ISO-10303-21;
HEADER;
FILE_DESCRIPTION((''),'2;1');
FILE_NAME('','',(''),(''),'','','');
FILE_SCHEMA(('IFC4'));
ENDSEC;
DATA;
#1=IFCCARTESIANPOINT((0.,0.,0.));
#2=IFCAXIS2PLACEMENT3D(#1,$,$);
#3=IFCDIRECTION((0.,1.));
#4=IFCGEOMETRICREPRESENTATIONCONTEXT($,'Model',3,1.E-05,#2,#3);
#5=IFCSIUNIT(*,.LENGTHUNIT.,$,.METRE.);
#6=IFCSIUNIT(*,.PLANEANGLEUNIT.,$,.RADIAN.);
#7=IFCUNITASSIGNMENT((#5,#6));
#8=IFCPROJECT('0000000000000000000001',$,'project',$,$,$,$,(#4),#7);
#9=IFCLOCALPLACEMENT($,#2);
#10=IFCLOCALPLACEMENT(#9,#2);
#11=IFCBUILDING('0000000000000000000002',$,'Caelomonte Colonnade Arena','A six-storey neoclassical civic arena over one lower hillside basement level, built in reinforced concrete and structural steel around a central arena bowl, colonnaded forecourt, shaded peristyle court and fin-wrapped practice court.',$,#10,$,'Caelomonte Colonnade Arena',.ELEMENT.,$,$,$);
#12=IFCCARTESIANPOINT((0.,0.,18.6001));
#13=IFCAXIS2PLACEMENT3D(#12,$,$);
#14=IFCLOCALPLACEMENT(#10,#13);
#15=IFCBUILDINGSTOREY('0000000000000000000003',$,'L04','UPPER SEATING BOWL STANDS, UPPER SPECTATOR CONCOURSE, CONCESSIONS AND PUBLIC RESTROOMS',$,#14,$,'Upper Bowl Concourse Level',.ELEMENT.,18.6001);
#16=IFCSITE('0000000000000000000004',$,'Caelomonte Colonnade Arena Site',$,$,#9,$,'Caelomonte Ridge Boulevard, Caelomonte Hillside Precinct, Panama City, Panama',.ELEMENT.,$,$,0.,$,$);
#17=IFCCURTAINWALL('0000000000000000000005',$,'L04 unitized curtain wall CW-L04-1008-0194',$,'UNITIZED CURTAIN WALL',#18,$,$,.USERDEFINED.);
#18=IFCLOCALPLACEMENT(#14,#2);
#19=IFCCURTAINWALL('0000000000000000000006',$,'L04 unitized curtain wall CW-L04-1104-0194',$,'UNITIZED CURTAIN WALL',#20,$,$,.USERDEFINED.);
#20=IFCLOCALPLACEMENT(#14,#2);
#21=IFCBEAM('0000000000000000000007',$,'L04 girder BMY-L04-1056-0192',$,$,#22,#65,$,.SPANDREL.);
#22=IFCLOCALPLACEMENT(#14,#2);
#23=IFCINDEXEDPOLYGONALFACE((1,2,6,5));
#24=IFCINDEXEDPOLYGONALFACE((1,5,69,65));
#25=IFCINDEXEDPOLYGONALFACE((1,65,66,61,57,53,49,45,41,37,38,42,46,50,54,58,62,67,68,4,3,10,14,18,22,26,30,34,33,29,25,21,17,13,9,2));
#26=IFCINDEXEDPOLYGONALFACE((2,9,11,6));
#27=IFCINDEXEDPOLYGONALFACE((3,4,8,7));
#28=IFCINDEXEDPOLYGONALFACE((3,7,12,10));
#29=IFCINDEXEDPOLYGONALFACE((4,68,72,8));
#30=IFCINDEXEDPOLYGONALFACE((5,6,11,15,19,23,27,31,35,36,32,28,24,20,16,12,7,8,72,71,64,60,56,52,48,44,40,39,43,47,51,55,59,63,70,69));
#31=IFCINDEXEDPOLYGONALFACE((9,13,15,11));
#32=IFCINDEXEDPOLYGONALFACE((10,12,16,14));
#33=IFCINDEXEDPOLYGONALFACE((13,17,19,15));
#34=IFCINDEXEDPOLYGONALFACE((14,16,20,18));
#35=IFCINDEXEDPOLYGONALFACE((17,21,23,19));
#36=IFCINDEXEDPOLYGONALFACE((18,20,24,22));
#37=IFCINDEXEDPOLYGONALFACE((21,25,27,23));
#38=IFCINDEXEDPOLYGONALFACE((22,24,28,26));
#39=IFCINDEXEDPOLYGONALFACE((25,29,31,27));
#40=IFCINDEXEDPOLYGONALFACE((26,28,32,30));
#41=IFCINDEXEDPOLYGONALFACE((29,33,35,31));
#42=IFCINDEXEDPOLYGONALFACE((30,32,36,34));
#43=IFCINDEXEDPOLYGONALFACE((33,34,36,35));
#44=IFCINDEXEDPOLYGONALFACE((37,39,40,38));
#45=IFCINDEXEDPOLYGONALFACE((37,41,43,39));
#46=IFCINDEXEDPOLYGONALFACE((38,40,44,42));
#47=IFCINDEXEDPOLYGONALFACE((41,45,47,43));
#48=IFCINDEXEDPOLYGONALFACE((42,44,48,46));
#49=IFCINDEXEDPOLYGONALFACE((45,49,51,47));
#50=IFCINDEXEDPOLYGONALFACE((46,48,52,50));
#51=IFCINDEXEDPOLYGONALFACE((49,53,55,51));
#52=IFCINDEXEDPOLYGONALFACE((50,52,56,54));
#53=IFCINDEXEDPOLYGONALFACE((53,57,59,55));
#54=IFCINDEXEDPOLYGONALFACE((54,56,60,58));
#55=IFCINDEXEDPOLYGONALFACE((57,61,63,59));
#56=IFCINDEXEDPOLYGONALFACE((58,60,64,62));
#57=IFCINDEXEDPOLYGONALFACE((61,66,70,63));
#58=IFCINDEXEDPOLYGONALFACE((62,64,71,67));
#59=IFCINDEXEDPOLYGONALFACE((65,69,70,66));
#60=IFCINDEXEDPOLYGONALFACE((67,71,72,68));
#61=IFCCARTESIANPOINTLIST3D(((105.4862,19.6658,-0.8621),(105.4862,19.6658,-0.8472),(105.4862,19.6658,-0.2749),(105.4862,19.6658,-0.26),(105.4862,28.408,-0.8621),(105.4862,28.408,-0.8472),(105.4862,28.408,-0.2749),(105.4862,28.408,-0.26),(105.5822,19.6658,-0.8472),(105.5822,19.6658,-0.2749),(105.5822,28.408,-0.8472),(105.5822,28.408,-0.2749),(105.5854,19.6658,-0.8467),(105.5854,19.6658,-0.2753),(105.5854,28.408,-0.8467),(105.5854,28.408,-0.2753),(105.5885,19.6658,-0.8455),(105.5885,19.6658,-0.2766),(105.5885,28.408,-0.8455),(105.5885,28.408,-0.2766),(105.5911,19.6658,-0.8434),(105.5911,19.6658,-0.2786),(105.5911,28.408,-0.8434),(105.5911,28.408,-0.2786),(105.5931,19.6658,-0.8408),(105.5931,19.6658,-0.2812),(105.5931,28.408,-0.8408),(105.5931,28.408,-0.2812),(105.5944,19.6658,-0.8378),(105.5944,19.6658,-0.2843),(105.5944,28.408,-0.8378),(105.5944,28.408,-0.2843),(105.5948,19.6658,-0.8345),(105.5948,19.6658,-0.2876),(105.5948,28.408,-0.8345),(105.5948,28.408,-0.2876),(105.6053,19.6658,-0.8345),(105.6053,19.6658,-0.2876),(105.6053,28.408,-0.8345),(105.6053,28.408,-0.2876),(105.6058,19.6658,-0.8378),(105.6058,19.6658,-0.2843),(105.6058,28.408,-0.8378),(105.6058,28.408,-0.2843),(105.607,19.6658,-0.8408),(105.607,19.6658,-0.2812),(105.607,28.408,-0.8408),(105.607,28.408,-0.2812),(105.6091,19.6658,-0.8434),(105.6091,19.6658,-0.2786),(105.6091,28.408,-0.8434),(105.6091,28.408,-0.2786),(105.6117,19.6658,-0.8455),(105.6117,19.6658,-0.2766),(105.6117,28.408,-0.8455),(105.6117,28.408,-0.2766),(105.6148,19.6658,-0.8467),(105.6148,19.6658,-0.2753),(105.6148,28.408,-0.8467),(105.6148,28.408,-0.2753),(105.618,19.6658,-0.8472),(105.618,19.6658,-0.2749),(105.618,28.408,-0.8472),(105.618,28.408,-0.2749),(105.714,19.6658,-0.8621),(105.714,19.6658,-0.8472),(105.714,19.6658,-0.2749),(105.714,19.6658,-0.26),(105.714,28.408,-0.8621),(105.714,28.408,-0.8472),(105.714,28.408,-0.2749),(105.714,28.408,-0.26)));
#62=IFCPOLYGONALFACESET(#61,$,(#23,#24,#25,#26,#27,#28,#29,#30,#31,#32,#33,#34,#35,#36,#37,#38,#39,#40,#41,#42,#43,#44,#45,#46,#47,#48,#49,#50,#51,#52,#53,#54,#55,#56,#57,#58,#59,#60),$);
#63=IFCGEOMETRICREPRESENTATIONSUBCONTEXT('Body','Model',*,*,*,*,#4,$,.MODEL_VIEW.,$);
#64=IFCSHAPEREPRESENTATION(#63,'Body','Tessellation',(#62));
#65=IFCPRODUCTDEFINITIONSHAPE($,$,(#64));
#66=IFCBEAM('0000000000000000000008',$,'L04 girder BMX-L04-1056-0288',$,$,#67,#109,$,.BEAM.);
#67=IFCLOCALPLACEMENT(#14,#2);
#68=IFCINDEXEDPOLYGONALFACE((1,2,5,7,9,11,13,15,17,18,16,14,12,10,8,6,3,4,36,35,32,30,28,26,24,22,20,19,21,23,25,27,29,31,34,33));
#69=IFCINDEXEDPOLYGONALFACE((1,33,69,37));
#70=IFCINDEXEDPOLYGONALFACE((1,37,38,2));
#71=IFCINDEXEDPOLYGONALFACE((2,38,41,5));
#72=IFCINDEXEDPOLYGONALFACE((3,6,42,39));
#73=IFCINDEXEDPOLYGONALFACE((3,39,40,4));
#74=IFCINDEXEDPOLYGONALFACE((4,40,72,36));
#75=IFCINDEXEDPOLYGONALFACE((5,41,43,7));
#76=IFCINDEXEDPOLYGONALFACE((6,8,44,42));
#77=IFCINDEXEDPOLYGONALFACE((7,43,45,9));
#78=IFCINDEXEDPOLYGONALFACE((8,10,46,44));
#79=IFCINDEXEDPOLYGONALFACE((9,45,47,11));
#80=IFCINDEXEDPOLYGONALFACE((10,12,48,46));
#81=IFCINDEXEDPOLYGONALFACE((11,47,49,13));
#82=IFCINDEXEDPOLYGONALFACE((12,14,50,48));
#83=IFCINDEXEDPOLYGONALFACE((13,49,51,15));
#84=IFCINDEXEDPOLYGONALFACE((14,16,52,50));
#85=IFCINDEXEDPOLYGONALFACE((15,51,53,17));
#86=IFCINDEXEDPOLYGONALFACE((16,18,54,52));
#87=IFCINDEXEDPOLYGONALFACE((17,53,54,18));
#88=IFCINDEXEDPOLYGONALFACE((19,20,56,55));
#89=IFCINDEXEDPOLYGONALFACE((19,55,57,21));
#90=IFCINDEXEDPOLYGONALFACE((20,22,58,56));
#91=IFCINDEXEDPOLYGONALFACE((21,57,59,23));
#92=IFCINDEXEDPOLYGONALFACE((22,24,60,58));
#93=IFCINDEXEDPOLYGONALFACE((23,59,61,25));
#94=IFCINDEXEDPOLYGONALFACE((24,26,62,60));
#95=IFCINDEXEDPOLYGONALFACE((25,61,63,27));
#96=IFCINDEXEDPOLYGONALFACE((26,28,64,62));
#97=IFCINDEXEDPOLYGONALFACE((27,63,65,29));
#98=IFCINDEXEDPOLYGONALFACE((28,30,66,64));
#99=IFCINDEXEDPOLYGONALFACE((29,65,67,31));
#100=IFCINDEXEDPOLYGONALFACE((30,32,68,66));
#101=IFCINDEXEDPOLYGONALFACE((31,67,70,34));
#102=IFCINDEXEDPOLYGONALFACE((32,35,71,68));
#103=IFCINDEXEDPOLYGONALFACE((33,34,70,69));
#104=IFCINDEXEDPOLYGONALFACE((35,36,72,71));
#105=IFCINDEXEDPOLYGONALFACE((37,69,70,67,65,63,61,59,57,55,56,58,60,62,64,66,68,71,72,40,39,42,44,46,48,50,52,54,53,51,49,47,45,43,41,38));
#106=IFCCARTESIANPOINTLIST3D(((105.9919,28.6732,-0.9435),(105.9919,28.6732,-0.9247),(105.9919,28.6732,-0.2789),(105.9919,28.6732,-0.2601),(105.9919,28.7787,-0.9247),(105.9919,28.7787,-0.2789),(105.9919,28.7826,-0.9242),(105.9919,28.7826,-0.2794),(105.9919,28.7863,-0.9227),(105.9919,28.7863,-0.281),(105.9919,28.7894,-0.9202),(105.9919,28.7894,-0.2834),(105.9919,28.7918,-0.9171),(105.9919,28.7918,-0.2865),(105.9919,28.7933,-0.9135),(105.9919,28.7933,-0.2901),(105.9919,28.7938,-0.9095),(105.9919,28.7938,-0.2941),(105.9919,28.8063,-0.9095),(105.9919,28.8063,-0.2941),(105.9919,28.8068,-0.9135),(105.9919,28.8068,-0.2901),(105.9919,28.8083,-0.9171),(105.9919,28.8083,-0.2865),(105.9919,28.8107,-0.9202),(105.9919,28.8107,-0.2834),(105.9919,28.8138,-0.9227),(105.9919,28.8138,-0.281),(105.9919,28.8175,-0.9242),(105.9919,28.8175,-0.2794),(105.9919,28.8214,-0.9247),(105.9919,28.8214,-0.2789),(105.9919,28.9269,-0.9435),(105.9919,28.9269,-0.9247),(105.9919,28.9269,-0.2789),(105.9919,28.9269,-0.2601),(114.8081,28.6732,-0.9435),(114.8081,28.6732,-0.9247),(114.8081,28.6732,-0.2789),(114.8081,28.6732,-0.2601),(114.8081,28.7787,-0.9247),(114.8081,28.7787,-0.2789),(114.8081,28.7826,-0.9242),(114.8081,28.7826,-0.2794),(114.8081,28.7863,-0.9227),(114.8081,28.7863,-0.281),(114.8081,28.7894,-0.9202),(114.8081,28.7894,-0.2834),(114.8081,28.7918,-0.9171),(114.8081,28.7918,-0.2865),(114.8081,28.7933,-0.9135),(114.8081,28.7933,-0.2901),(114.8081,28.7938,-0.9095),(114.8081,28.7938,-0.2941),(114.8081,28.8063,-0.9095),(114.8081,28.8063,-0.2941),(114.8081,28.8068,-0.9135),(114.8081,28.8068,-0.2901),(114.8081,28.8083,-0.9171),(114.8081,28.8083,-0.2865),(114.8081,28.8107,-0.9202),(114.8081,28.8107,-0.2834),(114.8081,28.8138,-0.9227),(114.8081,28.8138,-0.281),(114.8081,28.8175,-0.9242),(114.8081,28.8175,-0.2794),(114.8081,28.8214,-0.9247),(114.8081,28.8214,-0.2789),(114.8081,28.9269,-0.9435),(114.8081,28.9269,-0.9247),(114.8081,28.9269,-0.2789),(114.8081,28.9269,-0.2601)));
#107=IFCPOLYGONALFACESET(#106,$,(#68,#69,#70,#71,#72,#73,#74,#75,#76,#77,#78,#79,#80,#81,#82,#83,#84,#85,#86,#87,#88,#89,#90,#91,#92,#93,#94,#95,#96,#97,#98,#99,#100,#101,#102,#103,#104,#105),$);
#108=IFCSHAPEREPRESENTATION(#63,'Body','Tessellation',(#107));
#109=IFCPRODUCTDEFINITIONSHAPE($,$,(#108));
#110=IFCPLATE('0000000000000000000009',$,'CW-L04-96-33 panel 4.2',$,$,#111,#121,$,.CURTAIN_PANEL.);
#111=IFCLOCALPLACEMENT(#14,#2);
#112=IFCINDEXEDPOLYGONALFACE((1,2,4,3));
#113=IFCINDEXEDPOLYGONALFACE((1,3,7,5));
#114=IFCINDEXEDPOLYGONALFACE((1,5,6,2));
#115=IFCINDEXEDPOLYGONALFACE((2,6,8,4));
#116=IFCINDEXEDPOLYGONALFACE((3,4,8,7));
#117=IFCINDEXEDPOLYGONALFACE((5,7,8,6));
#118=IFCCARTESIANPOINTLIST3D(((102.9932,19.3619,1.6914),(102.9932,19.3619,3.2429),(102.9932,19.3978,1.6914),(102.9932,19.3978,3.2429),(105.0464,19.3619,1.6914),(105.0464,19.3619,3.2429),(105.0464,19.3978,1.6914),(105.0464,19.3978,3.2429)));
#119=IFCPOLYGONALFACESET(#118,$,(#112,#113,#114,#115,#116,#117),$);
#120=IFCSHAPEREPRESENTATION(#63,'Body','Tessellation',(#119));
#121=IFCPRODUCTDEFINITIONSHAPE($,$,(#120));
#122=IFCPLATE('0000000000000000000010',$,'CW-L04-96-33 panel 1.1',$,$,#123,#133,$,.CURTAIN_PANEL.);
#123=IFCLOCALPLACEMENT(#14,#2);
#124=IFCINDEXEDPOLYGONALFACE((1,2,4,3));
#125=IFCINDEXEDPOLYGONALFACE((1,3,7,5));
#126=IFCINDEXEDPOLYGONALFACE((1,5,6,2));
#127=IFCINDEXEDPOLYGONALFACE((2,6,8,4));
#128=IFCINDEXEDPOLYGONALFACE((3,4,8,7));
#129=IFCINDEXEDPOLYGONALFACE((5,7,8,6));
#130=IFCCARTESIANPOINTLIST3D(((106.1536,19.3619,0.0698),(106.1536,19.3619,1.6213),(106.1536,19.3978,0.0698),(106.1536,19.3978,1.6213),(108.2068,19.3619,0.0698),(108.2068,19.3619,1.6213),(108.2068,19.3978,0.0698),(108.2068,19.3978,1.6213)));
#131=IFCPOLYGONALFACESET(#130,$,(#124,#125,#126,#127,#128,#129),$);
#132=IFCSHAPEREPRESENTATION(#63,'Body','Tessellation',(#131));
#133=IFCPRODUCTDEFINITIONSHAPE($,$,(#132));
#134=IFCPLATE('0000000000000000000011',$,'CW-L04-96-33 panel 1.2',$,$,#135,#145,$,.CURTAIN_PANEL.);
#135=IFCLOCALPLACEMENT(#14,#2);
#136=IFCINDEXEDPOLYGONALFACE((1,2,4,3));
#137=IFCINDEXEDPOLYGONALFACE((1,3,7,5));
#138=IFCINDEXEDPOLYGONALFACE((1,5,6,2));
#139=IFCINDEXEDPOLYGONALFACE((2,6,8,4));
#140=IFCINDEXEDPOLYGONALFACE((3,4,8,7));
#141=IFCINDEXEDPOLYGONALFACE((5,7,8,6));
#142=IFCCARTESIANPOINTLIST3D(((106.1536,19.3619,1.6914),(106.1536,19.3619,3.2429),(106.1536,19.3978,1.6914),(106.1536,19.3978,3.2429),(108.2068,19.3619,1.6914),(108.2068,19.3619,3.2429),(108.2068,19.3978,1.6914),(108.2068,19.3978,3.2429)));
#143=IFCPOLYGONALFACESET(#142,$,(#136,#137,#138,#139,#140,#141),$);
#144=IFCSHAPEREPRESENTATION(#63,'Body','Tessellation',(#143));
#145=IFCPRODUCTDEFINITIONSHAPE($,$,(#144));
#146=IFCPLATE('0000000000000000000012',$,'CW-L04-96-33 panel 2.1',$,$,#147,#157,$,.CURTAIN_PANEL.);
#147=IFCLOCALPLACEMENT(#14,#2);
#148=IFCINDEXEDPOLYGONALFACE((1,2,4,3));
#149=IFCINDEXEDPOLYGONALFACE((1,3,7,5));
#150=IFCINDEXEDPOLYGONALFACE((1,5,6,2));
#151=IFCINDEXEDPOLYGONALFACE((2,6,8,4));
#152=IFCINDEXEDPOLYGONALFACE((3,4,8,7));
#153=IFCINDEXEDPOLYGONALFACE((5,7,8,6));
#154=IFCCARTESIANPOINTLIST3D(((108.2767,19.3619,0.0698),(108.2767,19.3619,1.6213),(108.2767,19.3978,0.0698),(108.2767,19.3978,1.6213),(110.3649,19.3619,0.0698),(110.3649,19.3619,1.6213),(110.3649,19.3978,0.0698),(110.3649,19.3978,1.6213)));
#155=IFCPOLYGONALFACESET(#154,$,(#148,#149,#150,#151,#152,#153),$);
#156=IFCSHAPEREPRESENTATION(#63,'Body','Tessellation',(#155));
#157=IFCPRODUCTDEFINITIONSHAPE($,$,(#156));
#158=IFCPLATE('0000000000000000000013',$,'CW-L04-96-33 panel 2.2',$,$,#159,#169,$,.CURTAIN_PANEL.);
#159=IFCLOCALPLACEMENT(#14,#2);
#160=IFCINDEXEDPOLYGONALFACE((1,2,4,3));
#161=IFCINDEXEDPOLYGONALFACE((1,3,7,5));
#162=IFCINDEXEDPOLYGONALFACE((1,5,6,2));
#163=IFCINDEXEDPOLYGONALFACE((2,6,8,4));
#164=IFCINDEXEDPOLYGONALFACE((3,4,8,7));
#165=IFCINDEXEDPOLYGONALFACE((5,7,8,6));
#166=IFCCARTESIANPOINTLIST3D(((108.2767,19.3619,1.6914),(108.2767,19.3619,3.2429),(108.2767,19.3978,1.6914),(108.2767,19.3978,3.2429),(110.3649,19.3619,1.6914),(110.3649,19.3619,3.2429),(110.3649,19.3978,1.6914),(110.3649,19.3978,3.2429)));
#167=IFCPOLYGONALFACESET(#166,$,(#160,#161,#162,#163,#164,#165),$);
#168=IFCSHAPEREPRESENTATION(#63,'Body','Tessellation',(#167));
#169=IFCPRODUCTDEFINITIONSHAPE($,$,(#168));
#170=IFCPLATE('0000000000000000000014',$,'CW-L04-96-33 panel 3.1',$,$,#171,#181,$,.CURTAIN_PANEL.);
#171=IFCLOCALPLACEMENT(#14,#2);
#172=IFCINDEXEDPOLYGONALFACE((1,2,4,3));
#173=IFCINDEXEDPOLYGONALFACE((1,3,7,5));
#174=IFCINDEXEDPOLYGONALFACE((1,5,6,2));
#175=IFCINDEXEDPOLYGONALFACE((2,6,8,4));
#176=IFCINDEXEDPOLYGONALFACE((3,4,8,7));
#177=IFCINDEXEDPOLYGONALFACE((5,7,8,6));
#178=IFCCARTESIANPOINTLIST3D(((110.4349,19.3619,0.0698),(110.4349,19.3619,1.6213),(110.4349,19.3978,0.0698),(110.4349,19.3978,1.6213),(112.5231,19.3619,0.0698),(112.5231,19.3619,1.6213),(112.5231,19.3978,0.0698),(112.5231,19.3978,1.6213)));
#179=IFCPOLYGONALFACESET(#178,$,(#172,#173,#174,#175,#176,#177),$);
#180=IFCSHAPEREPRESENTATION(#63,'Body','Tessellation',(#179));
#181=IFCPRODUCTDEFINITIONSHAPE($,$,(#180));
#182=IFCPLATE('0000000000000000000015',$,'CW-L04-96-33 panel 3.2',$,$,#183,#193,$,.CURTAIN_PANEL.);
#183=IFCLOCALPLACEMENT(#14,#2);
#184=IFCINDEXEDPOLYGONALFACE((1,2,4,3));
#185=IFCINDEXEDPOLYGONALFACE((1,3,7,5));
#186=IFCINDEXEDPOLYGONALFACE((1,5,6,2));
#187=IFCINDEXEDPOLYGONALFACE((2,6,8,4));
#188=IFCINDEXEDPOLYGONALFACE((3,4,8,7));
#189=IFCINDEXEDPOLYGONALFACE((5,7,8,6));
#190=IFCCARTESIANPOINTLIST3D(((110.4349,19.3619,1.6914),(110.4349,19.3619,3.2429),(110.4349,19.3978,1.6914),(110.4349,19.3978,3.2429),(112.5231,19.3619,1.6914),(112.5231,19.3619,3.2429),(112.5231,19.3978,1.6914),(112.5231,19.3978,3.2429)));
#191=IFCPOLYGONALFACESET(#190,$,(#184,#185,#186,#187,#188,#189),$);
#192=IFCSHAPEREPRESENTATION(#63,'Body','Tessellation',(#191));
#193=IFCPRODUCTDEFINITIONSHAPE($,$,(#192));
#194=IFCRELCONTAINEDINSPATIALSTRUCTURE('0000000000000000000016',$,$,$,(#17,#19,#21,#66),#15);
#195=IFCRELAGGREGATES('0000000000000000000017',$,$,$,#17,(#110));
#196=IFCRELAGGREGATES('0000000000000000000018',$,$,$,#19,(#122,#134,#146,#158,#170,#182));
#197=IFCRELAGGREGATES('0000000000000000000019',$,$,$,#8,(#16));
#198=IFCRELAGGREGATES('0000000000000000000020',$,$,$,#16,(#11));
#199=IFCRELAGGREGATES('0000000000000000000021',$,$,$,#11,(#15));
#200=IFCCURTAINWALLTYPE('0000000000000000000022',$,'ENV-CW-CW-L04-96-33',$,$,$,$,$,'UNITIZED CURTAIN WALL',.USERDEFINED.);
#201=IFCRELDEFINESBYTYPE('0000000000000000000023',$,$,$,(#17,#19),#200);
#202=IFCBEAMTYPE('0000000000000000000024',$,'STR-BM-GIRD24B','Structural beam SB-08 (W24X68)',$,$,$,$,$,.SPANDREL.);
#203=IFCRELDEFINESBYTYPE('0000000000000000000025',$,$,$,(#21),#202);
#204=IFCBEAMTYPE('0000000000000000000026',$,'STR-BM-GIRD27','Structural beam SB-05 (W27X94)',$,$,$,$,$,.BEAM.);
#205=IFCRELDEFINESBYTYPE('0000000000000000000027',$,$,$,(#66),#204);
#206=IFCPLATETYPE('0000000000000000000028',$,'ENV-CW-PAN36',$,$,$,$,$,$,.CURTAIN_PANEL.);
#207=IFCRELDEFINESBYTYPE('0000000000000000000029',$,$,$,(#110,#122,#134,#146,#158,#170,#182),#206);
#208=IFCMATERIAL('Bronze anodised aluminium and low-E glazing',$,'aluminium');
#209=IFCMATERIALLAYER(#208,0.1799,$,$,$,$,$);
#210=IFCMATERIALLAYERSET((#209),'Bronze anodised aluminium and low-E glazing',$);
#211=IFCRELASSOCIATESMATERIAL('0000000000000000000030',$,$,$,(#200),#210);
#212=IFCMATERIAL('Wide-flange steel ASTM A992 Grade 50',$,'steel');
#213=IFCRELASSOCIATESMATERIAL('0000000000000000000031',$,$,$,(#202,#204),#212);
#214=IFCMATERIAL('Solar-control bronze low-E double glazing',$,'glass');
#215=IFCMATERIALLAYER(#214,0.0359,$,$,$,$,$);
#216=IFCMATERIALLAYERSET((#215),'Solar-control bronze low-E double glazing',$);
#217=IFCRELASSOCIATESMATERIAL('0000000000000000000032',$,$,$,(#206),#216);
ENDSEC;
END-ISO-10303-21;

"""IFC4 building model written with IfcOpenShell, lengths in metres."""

from ifc_helpers import new_model, si_unit, direction, frame, origin, origin_2d, place, context, subcontext, project, spatial, rectangle, i_section, extrude, material, layer, layer_set, material_profile, profile_set, type_object, element, aggregate, save


model = new_model("IFC4")

# Units and contexts
model_context = context("Model", 3, precision=1e-05, world=origin(), true_north=direction((0.0, 1.0)))
body_context = subcontext(model_context, "Body", "Model", "MODEL_VIEW")
ifc_project = project(units=[si_unit("LENGTHUNIT", "METRE"), si_unit("PLANEANGLEUNIT", "RADIAN")], contexts=[model_context])

# Site, building, storey
site_placement = place(None, origin())
site = spatial("IfcSite", under=ifc_project, at=site_placement, Name="Caelomonte Colonnade Arena Site", LongName="Caelomonte Ridge Boulevard, Caelomonte Hillside Precinct, Panama City, Panama", CompositionType="ELEMENT", RefElevation=0.0)
building_placement = place(site_placement, origin())
building = spatial("IfcBuilding", under=site, at=building_placement, Name="Caelomonte Colonnade Arena", Description="A six-storey neoclassical civic arena over one lower hillside basement level, built in reinforced concrete and structural steel around a central arena bowl, colonnaded forecourt, shaded peristyle court and fin-wrapped practice court.", LongName="Caelomonte Colonnade Arena", CompositionType="ELEMENT")
storey_placement = place(building_placement, frame((0.0, 0.0, 18.6001)))
storey = spatial("IfcBuildingStorey", under=building, at=storey_placement, Name="L04", Description="UPPER SEATING BOWL STANDS, UPPER SPECTATOR CONCOURSE, CONCESSIONS AND PUBLIC RESTROOMS", LongName="Upper Bowl Concourse Level", CompositionType="ELEMENT", Elevation=18.6001)

# Curtain wall
ifc_material_1 = material(Name="Bronze anodised aluminium and low-E glazing", Category="aluminium")
ifc_layer_1 = layer(ifc_material_1, 0.1799)
ifc_layer_set_1 = layer_set([ifc_layer_1], Name="Bronze anodised aluminium and low-E glazing")
curtain_wall_type = type_object("IfcCurtainWallType", Name="ENV-CW-CW-L04-96-33", ElementType="UNITIZED CURTAIN WALL", PredefinedType="USERDEFINED", material=ifc_layer_set_1)
curtain_wall_1_placement = place(storey_placement, origin())
curtain_wall_1 = element("IfcCurtainWall", 1, at=curtain_wall_1_placement, inside=storey, type_object=curtain_wall_type, Name="L04 unitized curtain wall CW-L04-1008-0194", ObjectType="UNITIZED CURTAIN WALL", PredefinedType="USERDEFINED")

# Curtain wall
curtain_wall_2_placement = place(storey_placement, origin())
curtain_wall_2 = element("IfcCurtainWall", 2, at=curtain_wall_2_placement, inside=storey, type_object=curtain_wall_type, Name="L04 unitized curtain wall CW-L04-1104-0194", ObjectType="UNITIZED CURTAIN WALL", PredefinedType="USERDEFINED")

# Beams
ifc_material_2 = material(Name="Wide-flange steel ASTM A992 Grade 50", Category="steel")
ifc_material_profile_1 = material_profile(ifc_material_2, i_section(OverallWidth=0.2278, OverallDepth=0.6021, WebThickness=0.0105, FlangeThickness=0.0149, FilletRadius=0.0127, at=origin_2d()), Name="W24X68")
ifc_profile_set_1 = profile_set([ifc_material_profile_1], Name="Wide-flange steel ASTM A992 Grade 50")
beam_type_1 = type_object("IfcBeamType", Name="STR-BM-GIRD24B", Description="Structural beam SB-08 (W24X68)", PredefinedType="SPANDREL", material=ifc_profile_set_1)
beam_1_placement = place(storey_placement, frame((105.6001, 19.6658, -0.561), z_axis=(0.0, 1.0, 0.0), x_axis=(-1.0, 0.0, 0.0)))
element("IfcBeam", 3, at=beam_1_placement, inside=storey, type_object=beam_type_1, Name="L04 girder BMY-L04-1056-0192", PredefinedType="SPANDREL", context=body_context, shape_type="SweptSolid", body=[
    extrude(i_section(OverallWidth=0.2278, OverallDepth=0.6021, WebThickness=0.0105, FlangeThickness=0.0149, FilletRadius=0.0127, at=origin_2d()), origin(), (0.0, 0.0, 1.0), 8.7422),
])
ifc_material_profile_2 = material_profile(ifc_material_2, i_section(OverallWidth=0.2537, OverallDepth=0.6833, WebThickness=0.0125, FlangeThickness=0.0188, FilletRadius=0.0151, at=origin_2d()), Name="W27X94")
ifc_profile_set_2 = profile_set([ifc_material_profile_2], Name="Wide-flange steel ASTM A992 Grade 50")
beam_type_2 = type_object("IfcBeamType", Name="STR-BM-GIRD27", Description="Structural beam SB-05 (W27X94)", PredefinedType="BEAM", material=ifc_profile_set_2)
beam_2_placement = place(storey_placement, frame((105.9919, 28.8, -0.6018), z_axis=(1.0, 0.0, 0.0), x_axis=(0.0, 1.0, 0.0)))
element("IfcBeam", 4, at=beam_2_placement, inside=storey, type_object=beam_type_2, Name="L04 girder BMX-L04-1056-0288", PredefinedType="BEAM", context=body_context, shape_type="SweptSolid", body=[
    extrude(i_section(OverallWidth=0.2537, OverallDepth=0.6833, WebThickness=0.0125, FlangeThickness=0.0188, FilletRadius=0.0151, at=origin_2d()), origin(), (0.0, 0.0, 1.0), 8.8162),
])

# Plates
ifc_material_3 = material(Name="Solar-control bronze low-E double glazing", Category="glass")
ifc_layer_2 = layer(ifc_material_3, 0.0359)
ifc_layer_set_2 = layer_set([ifc_layer_2], Name="Solar-control bronze low-E double glazing")
plate_type = type_object("IfcPlateType", Name="ENV-CW-PAN36", PredefinedType="CURTAIN_PANEL", material=ifc_layer_set_2)
plate_1_placement = place(storey_placement, frame((104.0198, 19.3799, 1.6914), z_axis=(0.0, 0.0, 1.0), x_axis=(1.0, 0.0, 0.0)))
plate_1 = element("IfcPlate", 5, at=plate_1_placement, type_object=plate_type, Name="CW-L04-96-33 panel 4.2", PredefinedType="CURTAIN_PANEL", context=body_context, shape_type="SweptSolid", body=[
    extrude(rectangle(XDim=2.0532, YDim=0.0359, at=origin_2d()), origin(), (0.0, 0.0, 1.0), 1.5515),
])
aggregate(curtain_wall_1, [plate_1])
plate_2_placement = place(storey_placement, frame((107.1802, 19.3799, 0.0698), z_axis=(0.0, 0.0, 1.0), x_axis=(1.0, 0.0, 0.0)))
plate_2 = element("IfcPlate", 6, at=plate_2_placement, type_object=plate_type, Name="CW-L04-96-33 panel 1.1", PredefinedType="CURTAIN_PANEL", context=body_context, shape_type="SweptSolid", body=[
    extrude(rectangle(XDim=2.0532, YDim=0.0359, at=origin_2d()), origin(), (0.0, 0.0, 1.0), 1.5515),
])
plate_3_placement = place(storey_placement, frame((107.1802, 19.3799, 1.6914), z_axis=(0.0, 0.0, 1.0), x_axis=(1.0, 0.0, 0.0)))
plate_3 = element("IfcPlate", 7, at=plate_3_placement, type_object=plate_type, Name="CW-L04-96-33 panel 1.2", PredefinedType="CURTAIN_PANEL", context=body_context, shape_type="SweptSolid", body=[
    extrude(rectangle(XDim=2.0532, YDim=0.0359, at=origin_2d()), origin(), (0.0, 0.0, 1.0), 1.5515),
])
plate_4_placement = place(storey_placement, frame((109.3208, 19.3799, 0.0698), z_axis=(0.0, 0.0, 1.0), x_axis=(1.0, 0.0, 0.0)))
plate_4 = element("IfcPlate", 8, at=plate_4_placement, type_object=plate_type, Name="CW-L04-96-33 panel 2.1", PredefinedType="CURTAIN_PANEL", context=body_context, shape_type="SweptSolid", body=[
    extrude(rectangle(XDim=2.0881, YDim=0.0359, at=origin_2d()), origin(), (0.0, 0.0, 1.0), 1.5515),
])
plate_5_placement = place(storey_placement, frame((109.3208, 19.3799, 1.6914), z_axis=(0.0, 0.0, 1.0), x_axis=(1.0, 0.0, 0.0)))
plate_5 = element("IfcPlate", 9, at=plate_5_placement, type_object=plate_type, Name="CW-L04-96-33 panel 2.2", PredefinedType="CURTAIN_PANEL", context=body_context, shape_type="SweptSolid", body=[
    extrude(rectangle(XDim=2.0881, YDim=0.0359, at=origin_2d()), origin(), (0.0, 0.0, 1.0), 1.5515),
])
plate_6_placement = place(storey_placement, frame((111.479, 19.3799, 0.0698), z_axis=(0.0, 0.0, 1.0), x_axis=(1.0, 0.0, 0.0)))
plate_6 = element("IfcPlate", 10, at=plate_6_placement, type_object=plate_type, Name="CW-L04-96-33 panel 3.1", PredefinedType="CURTAIN_PANEL", context=body_context, shape_type="SweptSolid", body=[
    extrude(rectangle(XDim=2.0881, YDim=0.0359, at=origin_2d()), origin(), (0.0, 0.0, 1.0), 1.5515),
])
plate_7_placement = place(storey_placement, frame((111.479, 19.3799, 1.6914), z_axis=(0.0, 0.0, 1.0), x_axis=(1.0, 0.0, 0.0)))
plate_7 = element("IfcPlate", 11, at=plate_7_placement, type_object=plate_type, Name="CW-L04-96-33 panel 3.2", PredefinedType="CURTAIN_PANEL", context=body_context, shape_type="SweptSolid", body=[
    extrude(rectangle(XDim=2.0881, YDim=0.0359, at=origin_2d()), origin(), (0.0, 0.0, 1.0), 1.5515),
])
aggregate(curtain_wall_2, [plate_2, plate_3, plate_4, plate_5, plate_6, plate_7])

save(model, "model.ifc")
